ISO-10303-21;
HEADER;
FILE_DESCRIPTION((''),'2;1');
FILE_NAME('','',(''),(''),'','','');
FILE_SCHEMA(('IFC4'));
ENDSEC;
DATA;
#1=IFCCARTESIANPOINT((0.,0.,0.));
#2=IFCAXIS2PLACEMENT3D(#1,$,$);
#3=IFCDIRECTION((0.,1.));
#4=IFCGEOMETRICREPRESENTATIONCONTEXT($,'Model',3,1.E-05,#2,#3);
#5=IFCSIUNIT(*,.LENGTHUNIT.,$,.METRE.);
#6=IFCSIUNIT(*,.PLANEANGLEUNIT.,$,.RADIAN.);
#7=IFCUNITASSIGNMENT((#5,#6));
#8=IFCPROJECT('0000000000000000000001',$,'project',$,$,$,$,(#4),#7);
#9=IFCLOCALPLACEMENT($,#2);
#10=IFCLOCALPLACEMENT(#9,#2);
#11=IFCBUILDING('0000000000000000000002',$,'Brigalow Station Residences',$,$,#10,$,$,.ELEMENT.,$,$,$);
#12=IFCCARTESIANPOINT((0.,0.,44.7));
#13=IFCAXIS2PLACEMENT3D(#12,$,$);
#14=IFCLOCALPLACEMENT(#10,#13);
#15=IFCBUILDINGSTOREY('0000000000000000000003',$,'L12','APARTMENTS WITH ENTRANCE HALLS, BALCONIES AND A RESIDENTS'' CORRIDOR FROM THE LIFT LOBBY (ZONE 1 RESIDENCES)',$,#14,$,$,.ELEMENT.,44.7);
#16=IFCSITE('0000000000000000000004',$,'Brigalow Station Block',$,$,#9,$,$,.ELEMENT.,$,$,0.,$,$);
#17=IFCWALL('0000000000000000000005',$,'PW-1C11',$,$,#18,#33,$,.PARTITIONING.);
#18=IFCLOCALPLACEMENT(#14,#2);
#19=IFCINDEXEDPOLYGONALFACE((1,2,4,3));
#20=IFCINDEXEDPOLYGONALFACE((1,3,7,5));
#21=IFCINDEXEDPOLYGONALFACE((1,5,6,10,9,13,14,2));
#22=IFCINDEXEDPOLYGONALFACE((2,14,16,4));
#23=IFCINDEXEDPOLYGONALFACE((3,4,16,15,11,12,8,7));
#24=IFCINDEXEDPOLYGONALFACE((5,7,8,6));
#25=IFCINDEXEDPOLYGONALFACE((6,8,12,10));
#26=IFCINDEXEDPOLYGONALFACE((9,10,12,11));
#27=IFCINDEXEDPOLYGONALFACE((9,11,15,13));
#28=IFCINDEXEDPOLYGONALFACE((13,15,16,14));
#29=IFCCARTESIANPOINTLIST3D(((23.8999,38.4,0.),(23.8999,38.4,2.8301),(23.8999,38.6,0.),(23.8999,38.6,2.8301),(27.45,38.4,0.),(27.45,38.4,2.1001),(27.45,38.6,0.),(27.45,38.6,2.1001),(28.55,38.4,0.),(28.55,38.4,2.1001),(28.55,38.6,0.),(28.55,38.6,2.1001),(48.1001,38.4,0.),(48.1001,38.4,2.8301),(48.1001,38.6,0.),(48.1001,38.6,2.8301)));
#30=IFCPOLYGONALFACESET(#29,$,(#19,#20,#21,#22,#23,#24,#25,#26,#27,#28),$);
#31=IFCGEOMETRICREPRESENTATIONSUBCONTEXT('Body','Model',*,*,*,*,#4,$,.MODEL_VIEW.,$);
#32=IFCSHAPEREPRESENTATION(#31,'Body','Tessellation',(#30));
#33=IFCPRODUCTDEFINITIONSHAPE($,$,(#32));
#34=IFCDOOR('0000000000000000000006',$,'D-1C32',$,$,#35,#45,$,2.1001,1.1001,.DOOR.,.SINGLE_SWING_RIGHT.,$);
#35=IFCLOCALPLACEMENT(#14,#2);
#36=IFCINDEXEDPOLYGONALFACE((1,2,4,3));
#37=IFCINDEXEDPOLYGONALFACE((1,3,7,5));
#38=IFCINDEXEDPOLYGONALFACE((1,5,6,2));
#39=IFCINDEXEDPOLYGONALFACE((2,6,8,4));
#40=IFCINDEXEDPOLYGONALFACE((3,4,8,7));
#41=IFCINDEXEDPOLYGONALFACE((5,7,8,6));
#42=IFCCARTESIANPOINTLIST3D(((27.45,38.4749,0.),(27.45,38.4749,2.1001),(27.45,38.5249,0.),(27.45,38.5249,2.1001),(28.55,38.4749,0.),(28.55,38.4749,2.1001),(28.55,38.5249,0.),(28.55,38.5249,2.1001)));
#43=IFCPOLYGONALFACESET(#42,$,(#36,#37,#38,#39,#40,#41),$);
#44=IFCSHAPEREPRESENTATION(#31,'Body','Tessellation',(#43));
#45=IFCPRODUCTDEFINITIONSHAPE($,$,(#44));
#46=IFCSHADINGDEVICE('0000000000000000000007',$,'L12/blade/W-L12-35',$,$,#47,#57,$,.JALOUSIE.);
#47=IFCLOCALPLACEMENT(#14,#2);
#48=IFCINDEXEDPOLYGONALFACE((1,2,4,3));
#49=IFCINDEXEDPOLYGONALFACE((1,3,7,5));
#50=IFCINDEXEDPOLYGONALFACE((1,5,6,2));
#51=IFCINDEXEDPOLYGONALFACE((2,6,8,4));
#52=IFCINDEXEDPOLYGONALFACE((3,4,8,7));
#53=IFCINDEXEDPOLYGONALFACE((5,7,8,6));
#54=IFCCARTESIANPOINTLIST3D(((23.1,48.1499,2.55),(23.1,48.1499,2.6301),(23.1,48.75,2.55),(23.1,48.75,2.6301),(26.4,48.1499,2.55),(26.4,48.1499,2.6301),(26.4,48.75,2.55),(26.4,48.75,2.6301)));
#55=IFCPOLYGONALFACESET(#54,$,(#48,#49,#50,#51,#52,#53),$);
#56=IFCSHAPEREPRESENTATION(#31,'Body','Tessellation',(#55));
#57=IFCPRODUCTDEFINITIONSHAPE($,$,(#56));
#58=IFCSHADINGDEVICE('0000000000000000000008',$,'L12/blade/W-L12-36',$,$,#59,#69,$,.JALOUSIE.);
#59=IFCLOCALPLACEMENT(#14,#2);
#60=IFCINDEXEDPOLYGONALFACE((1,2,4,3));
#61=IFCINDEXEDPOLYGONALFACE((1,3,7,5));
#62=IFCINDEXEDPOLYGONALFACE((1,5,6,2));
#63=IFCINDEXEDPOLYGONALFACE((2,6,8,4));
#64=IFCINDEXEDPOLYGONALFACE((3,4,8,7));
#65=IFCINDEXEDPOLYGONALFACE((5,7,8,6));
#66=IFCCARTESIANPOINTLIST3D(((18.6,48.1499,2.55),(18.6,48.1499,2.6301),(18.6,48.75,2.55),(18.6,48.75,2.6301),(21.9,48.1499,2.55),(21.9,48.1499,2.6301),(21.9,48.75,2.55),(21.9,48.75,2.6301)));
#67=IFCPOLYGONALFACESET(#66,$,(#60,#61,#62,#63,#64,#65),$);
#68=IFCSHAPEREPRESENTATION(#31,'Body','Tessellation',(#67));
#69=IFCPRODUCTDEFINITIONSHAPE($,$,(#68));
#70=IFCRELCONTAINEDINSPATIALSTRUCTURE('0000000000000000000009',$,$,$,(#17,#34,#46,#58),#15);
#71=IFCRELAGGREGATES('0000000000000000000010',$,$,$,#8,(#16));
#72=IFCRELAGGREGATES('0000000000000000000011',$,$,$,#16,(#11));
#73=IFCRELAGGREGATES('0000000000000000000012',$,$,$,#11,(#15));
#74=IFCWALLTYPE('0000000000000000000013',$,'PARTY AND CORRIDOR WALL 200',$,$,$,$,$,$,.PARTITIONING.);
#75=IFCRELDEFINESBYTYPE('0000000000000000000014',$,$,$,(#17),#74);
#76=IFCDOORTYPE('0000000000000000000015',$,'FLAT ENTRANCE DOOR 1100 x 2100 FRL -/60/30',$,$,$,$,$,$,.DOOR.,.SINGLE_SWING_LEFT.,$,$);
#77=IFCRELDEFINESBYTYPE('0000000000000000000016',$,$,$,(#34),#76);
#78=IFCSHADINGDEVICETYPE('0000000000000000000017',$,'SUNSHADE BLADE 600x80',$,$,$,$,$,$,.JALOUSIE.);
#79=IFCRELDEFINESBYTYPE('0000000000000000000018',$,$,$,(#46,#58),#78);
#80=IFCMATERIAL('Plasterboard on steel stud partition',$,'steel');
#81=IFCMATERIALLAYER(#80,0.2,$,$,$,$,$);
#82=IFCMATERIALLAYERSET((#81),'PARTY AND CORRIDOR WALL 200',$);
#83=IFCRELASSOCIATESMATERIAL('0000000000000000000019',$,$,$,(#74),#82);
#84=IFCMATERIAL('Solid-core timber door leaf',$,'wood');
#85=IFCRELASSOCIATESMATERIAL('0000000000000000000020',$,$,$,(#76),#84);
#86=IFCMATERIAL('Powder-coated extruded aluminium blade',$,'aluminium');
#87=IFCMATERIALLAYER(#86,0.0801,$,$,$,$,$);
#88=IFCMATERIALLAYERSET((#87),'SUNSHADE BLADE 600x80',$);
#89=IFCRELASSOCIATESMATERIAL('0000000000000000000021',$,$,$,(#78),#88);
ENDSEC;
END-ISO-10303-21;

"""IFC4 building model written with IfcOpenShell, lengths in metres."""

from ifc_helpers import new_model, si_unit, direction, frame, frame_2d, origin, origin_2d, place, context, subcontext, project, spatial, rectangle, extrude, material, layer, layer_set, type_object, element, fill, save


model = new_model("IFC4")

# Units and contexts
model_context = context("Model", 3, precision=1e-05, world=origin(), true_north=direction((0.0, 1.0)))
body_context = subcontext(model_context, "Body", "Model", "MODEL_VIEW")
ifc_project = project(units=[si_unit("LENGTHUNIT", "METRE"), si_unit("PLANEANGLEUNIT", "RADIAN")], contexts=[model_context])

# Site, building, storey
site_placement = place(None, origin())
site = spatial("IfcSite", under=ifc_project, at=site_placement, Name="Brigalow Station Block", CompositionType="ELEMENT", RefElevation=0.0)
building_placement = place(site_placement, origin())
building = spatial("IfcBuilding", under=site, at=building_placement, Name="Brigalow Station Residences", CompositionType="ELEMENT")
storey_placement = place(building_placement, frame((0.0, 0.0, 44.7)))
storey = spatial("IfcBuildingStorey", under=building, at=storey_placement, Name="L12", Description="APARTMENTS WITH ENTRANCE HALLS, BALCONIES AND A RESIDENTS' CORRIDOR FROM THE LIFT LOBBY (ZONE 1 RESIDENCES)", CompositionType="ELEMENT", Elevation=44.7)

# Wall, opening, door
ifc_material_1 = material(Name="Plasterboard on steel stud partition", Category="steel")
ifc_layer_1 = layer(ifc_material_1, 0.2)
ifc_layer_set_1 = layer_set([ifc_layer_1], Name="PARTY AND CORRIDOR WALL 200")
wall_type_1 = type_object("IfcWallType", Name="PARTY AND CORRIDOR WALL 200", PredefinedType="PARTITIONING", material=ifc_layer_set_1)
wall_1_placement = place(storey_placement, frame((23.8999, 38.5, 0.0), z_axis=(0.0, 0.0, 1.0), x_axis=(1.0, 0.0, 0.0)))
wall_1 = element("IfcWall", 1, at=wall_1_placement, inside=storey, type_object=wall_type_1, Name="PW-1C11", PredefinedType="PARTITIONING", context=body_context, shape_type="SweptSolid", body=[
    extrude(rectangle(XDim=24.2002, YDim=0.2, at=frame_2d((12.1001, 0.0))), origin(), (0.0, 0.0, 1.0), 2.8301),
])
opening_1_placement = place(wall_1_placement, frame((3.55, 0.0, 0.0)))
opening_1 = element("IfcOpeningElement", 2, at=opening_1_placement, cuts=wall_1, PredefinedType="OPENING", context=body_context, shape_type="SweptSolid", body=[
    extrude(rectangle(XDim=1.1001, YDim=2.1001, at=frame_2d((0.55, 1.05))), frame((0.0, 0.1099, 0.0), z_axis=(0.0, -1.0, 0.0), x_axis=(1.0, 0.0, 0.0)), (0.0, 0.0, 1.0), 0.22),
])
ifc_material_2 = material(Name="Solid-core timber door leaf", Category="wood")
door_type_1 = type_object("IfcDoorType", Name="FLAT ENTRANCE DOOR 1100 x 2100 FRL -/60/30", OperationType="SINGLE_SWING_LEFT", PredefinedType="DOOR", material=ifc_material_2)
door_1_placement = place(opening_1_placement, origin())
door_1 = element("IfcDoor", 3, at=door_1_placement, inside=storey, type_object=door_type_1, Name="D-1C32", OperationType="SINGLE_SWING_RIGHT", OverallHeight=2.1001, OverallWidth=1.1001, PredefinedType="DOOR", context=body_context, shape_type="SweptSolid", body=[
    extrude(rectangle(XDim=1.1001, YDim=2.1001, at=frame_2d((0.55, 1.05))), frame((0.0, 0.0249, 0.0), z_axis=(0.0, -1.0, 0.0), x_axis=(1.0, 0.0, 0.0)), (0.0, 0.0, 1.0), 0.05),
])
fill(opening_1, door_1)

# Shading devices
ifc_material_3 = material(Name="Powder-coated extruded aluminium blade", Category="aluminium")
ifc_layer_2 = layer(ifc_material_3, 0.0801)
ifc_layer_set_2 = layer_set([ifc_layer_2], Name="SUNSHADE BLADE 600x80")
shading_device_type = type_object("IfcShadingDeviceType", Name="SUNSHADE BLADE 600x80", PredefinedType="JALOUSIE", material=ifc_layer_set_2)
for number, where, z_axis, x_axis, name in (
    (4, (24.75, 48.45, 2.55), (0.0, 0.0, 1.0), (-1.0, 0.0, 0.0), "L12/blade/W-L12-35"),
    (5, (20.25, 48.45, 2.55), (0.0, 0.0, 1.0), (-1.0, 0.0, 0.0), "L12/blade/W-L12-36"),
):
    element("IfcShadingDevice", number, at=place(storey_placement, frame(where, z_axis=z_axis, x_axis=x_axis)), inside=storey, type_object=shading_device_type, Name=name, PredefinedType="JALOUSIE", context=body_context, shape_type="SweptSolid", body=[
        extrude(rectangle(XDim=3.3, YDim=0.6001, at=origin_2d()), origin(), (0.0, 0.0, 1.0), 0.0801),
    ])

save(model, "model.ifc")
